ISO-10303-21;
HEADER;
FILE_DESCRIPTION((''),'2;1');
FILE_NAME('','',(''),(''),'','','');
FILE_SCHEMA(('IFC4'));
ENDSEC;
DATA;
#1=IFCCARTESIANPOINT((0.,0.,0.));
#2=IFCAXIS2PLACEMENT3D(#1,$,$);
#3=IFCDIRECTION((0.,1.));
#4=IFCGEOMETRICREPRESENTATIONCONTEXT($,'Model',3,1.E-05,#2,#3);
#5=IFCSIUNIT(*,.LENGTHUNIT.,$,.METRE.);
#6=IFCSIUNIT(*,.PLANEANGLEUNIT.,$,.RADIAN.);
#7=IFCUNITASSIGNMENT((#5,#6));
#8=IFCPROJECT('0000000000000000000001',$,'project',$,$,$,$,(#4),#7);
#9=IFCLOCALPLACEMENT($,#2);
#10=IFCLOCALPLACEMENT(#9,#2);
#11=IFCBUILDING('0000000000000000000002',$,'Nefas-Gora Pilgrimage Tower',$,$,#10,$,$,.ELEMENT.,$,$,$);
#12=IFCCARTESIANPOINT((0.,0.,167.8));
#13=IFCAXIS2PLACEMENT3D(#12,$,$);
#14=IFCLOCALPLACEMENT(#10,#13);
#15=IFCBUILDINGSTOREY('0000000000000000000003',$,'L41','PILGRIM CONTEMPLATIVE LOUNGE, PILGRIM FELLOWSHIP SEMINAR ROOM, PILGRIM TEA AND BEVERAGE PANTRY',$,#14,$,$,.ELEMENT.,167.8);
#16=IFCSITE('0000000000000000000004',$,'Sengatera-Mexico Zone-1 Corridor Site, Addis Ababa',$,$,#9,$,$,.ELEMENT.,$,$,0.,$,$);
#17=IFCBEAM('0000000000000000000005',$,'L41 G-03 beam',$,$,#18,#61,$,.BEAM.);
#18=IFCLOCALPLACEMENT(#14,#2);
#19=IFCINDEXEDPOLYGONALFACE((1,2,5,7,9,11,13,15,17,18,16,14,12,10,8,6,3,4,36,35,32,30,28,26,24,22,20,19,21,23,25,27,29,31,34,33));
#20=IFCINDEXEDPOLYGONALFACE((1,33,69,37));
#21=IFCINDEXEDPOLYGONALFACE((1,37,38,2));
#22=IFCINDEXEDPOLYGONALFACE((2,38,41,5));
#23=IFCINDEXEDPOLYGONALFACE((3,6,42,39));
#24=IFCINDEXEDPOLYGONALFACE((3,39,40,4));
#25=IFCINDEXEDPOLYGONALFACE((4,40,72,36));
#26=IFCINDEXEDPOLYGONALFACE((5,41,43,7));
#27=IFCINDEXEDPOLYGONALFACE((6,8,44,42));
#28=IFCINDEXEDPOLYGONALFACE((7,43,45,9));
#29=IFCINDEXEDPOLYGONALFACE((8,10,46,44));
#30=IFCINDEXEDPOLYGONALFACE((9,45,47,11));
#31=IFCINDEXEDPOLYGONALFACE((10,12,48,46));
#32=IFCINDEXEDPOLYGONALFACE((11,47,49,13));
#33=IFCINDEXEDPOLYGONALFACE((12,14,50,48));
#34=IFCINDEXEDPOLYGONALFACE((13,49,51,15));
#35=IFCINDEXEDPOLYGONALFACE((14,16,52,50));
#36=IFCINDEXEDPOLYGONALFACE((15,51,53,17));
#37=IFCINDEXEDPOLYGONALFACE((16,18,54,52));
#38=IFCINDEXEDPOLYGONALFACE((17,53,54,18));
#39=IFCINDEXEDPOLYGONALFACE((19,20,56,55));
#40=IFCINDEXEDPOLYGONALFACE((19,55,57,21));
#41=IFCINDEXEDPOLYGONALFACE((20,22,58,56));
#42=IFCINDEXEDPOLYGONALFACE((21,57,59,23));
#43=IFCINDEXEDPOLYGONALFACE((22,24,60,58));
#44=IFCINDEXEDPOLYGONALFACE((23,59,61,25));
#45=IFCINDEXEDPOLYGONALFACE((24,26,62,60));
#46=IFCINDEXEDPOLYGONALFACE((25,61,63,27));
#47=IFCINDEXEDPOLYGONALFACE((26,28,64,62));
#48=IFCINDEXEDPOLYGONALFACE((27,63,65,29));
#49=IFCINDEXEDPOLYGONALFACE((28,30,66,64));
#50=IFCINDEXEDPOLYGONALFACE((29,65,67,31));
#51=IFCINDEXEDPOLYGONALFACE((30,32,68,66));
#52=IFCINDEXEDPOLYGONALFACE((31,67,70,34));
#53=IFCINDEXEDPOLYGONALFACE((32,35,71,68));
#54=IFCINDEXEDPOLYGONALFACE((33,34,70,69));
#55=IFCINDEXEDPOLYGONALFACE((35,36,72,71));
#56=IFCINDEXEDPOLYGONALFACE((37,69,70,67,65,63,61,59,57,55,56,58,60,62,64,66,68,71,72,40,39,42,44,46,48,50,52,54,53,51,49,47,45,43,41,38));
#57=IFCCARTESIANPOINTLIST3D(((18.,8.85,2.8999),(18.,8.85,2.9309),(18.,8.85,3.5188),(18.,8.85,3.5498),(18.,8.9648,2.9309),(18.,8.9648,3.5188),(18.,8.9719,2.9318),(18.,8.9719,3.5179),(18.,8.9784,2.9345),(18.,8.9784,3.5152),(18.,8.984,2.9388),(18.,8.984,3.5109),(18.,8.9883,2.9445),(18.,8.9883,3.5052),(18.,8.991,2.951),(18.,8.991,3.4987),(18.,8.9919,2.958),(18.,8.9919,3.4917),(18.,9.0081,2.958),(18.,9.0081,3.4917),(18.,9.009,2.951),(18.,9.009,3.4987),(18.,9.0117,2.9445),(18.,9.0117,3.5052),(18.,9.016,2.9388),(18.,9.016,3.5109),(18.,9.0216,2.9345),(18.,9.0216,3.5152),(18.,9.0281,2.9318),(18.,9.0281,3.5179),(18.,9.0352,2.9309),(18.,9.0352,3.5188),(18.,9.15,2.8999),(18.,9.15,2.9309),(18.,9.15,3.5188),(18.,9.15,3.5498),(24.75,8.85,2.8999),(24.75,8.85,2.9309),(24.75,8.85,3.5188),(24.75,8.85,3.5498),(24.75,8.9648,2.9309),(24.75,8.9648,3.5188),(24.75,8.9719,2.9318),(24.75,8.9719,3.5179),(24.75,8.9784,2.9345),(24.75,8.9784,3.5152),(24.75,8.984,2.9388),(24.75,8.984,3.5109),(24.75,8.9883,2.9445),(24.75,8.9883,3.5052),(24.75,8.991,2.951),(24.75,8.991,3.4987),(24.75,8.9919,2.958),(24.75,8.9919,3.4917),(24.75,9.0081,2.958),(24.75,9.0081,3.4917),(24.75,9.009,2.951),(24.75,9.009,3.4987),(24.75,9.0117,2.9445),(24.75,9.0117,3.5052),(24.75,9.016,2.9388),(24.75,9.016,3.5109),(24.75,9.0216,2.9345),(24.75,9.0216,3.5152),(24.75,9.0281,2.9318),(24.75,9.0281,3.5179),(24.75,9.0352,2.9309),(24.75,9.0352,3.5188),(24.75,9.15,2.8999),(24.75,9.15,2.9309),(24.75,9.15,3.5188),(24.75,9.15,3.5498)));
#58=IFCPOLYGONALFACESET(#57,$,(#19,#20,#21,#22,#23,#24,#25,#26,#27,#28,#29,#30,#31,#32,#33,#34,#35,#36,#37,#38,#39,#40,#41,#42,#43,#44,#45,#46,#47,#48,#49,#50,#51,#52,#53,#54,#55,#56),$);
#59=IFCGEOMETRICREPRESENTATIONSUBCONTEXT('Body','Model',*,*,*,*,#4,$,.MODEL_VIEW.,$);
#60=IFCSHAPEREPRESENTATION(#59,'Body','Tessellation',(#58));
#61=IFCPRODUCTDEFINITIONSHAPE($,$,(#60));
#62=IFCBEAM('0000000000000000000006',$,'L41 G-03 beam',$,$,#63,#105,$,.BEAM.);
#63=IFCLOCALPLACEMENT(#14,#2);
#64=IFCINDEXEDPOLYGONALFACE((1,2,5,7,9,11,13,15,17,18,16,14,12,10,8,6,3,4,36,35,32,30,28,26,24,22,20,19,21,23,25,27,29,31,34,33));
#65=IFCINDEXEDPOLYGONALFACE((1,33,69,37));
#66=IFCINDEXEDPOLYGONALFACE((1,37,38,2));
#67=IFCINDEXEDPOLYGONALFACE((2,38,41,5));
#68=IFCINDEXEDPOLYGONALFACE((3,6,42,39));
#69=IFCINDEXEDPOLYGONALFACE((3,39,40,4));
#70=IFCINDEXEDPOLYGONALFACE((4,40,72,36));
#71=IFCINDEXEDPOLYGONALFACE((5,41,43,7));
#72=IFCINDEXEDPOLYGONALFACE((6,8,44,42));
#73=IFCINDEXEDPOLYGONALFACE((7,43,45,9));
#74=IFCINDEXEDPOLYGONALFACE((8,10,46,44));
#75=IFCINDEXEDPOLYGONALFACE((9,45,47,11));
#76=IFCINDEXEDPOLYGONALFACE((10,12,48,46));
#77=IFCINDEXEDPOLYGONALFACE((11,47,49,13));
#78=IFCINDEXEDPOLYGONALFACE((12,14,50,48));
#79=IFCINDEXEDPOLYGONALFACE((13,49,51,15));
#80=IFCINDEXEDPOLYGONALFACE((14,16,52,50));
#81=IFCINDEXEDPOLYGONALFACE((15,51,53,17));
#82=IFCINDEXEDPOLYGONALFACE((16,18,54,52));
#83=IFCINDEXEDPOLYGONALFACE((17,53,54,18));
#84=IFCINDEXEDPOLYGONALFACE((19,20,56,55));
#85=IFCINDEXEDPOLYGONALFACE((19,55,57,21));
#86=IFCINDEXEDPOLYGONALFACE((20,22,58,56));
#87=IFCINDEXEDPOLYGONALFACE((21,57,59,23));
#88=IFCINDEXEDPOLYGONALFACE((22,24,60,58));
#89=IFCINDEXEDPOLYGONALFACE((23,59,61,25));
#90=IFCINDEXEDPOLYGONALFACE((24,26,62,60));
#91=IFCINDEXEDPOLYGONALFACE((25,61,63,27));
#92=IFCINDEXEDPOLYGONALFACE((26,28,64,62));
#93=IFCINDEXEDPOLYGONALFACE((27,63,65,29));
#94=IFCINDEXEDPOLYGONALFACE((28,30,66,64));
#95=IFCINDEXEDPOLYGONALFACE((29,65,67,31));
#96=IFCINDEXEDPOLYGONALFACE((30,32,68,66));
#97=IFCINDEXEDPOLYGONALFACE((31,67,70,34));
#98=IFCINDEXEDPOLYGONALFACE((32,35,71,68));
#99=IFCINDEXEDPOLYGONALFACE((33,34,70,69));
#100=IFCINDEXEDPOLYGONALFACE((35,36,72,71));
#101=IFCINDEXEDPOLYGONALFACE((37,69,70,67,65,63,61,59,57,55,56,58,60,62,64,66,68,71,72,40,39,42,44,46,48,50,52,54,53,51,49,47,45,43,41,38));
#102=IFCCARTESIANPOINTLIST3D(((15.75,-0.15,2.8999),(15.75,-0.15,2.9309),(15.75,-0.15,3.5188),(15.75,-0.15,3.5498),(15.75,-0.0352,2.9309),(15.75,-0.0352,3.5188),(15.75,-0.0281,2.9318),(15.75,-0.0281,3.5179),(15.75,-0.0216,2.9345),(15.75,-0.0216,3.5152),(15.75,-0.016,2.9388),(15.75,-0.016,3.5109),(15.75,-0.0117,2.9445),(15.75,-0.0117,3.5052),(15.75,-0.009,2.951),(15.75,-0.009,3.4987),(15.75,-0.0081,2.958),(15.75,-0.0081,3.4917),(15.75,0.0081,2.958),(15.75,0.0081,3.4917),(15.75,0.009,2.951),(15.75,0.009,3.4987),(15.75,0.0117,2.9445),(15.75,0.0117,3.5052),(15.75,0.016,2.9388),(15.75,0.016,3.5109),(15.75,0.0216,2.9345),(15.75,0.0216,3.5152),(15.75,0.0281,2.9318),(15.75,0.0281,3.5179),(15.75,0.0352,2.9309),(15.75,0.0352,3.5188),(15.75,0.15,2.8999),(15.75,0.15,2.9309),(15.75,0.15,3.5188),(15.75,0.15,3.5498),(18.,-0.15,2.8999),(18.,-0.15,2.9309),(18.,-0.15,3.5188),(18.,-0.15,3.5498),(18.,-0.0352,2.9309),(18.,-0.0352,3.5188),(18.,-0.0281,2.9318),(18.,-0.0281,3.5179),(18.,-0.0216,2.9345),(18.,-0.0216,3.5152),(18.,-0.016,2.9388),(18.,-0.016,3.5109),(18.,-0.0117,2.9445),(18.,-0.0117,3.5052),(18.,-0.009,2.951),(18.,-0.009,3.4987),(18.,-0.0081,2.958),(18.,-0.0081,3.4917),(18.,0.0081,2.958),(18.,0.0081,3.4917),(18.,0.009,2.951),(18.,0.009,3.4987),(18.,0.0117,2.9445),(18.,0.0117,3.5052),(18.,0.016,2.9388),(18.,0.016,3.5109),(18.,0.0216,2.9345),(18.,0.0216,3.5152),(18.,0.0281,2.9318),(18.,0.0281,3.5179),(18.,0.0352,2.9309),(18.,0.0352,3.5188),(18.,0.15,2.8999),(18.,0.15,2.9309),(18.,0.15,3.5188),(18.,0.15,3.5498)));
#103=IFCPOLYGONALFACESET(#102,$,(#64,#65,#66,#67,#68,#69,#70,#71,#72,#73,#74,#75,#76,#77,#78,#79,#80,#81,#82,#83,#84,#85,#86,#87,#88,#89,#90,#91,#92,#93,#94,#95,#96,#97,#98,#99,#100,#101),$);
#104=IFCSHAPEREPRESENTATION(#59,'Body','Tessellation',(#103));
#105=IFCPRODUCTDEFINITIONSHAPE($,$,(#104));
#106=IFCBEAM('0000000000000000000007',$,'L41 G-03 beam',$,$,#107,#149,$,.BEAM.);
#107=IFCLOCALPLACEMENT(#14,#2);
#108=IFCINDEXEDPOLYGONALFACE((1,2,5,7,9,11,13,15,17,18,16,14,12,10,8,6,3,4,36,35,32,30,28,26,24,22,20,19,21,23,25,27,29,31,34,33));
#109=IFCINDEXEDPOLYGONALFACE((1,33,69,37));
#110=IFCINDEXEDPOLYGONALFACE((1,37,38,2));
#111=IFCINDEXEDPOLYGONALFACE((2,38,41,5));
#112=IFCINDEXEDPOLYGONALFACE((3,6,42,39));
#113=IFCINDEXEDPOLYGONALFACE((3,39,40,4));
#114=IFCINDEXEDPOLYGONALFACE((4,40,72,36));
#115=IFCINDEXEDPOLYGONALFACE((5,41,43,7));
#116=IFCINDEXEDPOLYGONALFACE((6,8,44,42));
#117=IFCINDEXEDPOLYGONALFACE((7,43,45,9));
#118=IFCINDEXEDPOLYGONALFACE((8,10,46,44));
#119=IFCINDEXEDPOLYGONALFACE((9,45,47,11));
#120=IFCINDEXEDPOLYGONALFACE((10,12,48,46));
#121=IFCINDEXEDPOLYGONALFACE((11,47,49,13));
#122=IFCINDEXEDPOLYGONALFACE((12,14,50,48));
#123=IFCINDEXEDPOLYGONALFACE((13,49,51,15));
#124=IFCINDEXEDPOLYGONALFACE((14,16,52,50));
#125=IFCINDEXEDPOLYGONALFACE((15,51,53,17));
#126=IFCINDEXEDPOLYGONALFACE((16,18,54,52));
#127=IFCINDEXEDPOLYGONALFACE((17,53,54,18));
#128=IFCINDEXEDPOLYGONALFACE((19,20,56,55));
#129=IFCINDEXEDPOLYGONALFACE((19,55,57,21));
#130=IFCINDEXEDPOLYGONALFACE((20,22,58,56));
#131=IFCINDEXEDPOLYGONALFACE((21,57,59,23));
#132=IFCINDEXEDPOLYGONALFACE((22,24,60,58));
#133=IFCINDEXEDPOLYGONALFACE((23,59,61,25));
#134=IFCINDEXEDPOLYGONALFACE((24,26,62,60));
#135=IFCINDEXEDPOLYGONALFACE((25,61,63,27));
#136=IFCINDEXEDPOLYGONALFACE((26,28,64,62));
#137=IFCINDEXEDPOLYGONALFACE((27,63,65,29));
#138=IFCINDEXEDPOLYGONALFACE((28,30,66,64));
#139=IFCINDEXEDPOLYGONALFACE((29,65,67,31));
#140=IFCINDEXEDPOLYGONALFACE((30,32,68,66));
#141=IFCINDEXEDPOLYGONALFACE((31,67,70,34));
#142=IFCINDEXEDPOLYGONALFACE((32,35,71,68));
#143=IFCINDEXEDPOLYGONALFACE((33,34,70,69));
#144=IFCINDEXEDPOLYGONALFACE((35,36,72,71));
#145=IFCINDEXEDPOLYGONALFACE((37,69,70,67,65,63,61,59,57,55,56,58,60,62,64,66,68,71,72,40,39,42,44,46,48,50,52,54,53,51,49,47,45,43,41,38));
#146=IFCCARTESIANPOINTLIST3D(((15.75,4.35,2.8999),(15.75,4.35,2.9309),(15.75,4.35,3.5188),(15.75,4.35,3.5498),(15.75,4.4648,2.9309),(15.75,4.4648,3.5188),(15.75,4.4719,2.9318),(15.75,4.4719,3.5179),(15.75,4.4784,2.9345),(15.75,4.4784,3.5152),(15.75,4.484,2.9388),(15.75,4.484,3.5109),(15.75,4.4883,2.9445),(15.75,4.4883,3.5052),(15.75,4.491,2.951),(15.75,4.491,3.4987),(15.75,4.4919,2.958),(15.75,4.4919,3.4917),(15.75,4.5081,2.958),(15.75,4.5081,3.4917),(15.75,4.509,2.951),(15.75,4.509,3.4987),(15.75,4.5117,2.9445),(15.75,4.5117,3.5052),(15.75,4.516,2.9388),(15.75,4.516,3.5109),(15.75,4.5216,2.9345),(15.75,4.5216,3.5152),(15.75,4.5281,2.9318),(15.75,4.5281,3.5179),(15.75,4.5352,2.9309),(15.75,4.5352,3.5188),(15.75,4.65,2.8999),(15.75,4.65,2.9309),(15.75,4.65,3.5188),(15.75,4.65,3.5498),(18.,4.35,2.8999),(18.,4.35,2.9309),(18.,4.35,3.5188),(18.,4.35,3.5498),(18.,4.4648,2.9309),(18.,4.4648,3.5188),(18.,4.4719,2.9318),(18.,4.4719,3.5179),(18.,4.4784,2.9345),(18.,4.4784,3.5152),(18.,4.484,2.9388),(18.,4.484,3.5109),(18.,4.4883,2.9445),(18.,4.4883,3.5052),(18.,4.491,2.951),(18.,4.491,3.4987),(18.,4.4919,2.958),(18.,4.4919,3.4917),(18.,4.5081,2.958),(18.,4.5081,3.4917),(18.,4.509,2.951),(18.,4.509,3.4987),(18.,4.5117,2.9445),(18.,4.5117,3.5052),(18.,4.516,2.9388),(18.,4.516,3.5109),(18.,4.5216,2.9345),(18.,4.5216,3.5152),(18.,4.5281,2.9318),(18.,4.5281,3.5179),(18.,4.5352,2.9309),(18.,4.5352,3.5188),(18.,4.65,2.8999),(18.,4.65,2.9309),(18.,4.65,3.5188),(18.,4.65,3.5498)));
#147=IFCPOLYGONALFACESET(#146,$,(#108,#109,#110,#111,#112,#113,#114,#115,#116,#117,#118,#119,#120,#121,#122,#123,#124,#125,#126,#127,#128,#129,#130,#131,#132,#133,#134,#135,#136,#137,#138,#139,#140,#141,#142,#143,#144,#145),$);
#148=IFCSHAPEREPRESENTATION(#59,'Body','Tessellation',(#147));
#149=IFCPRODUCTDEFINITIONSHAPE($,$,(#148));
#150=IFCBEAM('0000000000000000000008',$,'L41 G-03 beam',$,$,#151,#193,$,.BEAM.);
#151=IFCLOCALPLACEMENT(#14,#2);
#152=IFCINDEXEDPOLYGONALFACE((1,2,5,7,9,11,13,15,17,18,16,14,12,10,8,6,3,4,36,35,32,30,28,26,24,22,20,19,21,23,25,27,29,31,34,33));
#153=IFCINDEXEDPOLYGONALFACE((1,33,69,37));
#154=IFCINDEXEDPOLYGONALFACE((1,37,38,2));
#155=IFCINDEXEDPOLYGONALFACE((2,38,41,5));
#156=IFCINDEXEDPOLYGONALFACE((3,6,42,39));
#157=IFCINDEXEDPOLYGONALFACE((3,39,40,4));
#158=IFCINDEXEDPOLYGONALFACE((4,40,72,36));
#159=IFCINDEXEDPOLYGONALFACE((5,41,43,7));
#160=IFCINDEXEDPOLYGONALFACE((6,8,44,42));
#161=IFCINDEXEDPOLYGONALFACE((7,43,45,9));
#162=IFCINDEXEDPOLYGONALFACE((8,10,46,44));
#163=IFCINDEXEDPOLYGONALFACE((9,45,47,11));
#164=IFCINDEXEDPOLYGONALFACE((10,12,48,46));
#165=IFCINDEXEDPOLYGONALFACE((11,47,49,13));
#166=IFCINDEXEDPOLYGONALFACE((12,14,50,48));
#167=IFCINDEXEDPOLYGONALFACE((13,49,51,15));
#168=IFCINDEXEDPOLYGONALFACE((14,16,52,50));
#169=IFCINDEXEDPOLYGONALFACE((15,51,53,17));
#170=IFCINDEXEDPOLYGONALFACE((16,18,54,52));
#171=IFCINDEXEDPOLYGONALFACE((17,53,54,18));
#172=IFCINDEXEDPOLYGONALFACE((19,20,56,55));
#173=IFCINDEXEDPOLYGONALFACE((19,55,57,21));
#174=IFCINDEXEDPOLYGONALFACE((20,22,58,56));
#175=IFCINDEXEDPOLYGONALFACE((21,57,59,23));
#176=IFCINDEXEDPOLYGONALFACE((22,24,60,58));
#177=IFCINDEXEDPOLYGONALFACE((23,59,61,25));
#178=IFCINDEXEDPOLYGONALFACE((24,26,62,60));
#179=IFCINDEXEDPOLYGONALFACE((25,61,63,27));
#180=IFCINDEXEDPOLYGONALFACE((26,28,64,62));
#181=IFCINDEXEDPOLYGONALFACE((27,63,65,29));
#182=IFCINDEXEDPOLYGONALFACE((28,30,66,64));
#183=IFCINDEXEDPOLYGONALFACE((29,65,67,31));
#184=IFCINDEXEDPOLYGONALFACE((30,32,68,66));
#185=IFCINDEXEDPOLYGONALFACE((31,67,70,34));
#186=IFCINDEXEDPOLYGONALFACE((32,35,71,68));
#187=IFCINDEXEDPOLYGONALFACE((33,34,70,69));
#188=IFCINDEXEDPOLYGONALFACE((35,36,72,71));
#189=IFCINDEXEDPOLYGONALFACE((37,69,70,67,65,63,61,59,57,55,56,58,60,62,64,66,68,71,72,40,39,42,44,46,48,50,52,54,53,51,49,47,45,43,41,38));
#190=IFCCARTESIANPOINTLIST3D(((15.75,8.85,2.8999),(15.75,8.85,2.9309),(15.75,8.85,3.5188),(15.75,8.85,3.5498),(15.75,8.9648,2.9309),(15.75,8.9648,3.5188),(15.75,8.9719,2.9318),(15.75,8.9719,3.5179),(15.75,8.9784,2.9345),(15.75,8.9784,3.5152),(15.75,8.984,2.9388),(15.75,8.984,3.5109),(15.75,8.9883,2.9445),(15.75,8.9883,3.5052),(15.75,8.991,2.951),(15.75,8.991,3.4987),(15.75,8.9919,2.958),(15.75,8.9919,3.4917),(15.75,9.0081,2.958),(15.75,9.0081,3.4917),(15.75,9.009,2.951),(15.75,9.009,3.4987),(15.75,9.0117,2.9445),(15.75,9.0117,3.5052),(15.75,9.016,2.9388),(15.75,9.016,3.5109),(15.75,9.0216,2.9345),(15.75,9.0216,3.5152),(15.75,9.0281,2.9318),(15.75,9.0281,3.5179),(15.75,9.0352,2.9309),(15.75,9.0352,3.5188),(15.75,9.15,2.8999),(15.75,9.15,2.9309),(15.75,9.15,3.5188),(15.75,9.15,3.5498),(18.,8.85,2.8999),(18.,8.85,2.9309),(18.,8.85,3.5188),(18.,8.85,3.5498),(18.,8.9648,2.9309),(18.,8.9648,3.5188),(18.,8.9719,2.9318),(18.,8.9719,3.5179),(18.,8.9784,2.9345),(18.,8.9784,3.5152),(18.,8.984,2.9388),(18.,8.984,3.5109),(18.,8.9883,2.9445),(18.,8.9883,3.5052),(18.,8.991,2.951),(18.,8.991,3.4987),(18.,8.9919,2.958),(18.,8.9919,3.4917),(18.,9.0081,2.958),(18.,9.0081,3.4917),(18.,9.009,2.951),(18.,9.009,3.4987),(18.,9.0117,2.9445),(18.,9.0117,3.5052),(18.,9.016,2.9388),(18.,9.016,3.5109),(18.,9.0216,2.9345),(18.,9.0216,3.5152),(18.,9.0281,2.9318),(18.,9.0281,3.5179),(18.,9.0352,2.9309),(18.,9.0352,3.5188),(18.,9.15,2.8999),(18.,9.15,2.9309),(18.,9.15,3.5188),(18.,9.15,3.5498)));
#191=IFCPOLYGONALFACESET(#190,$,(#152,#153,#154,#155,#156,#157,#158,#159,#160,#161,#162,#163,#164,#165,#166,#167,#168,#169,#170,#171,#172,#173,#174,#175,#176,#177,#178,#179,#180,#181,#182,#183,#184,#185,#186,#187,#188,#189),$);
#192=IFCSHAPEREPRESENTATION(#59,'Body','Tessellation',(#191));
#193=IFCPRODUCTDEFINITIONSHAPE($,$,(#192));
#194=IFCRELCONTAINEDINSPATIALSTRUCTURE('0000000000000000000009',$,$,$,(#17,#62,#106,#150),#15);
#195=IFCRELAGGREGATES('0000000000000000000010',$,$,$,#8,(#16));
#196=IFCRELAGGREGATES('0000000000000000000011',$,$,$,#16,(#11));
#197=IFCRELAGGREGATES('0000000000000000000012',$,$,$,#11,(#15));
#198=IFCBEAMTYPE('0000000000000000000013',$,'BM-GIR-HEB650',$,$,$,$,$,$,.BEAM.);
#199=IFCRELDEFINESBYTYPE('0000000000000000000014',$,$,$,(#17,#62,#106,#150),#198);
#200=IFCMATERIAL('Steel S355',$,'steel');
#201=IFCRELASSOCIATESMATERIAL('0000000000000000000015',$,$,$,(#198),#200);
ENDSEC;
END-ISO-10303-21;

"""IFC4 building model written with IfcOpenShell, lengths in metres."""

from ifc_helpers import new_model, si_unit, direction, frame, origin, origin_2d, place, context, subcontext, project, spatial, i_section, extrude, source, transform, mapped, material, material_profile, profile_set, type_object, element, save


model = new_model("IFC4")

# Units and contexts
model_context = context("Model", 3, precision=1e-05, world=origin(), true_north=direction((0.0, 1.0)))
body_context = subcontext(model_context, "Body", "Model", "MODEL_VIEW")
ifc_project = project(units=[si_unit("LENGTHUNIT", "METRE"), si_unit("PLANEANGLEUNIT", "RADIAN")], contexts=[model_context])

# Site, building, storey
site_placement = place(None, origin())
site = spatial("IfcSite", under=ifc_project, at=site_placement, Name="Sengatera-Mexico Zone-1 Corridor Site, Addis Ababa", CompositionType="ELEMENT", RefElevation=0.0)
building_placement = place(site_placement, origin())
building = spatial("IfcBuilding", under=site, at=building_placement, Name="Nefas-Gora Pilgrimage Tower", CompositionType="ELEMENT")
storey_placement = place(building_placement, frame((0.0, 0.0, 167.8)))
storey = spatial("IfcBuildingStorey", under=building, at=storey_placement, Name="L41", Description="PILGRIM CONTEMPLATIVE LOUNGE, PILGRIM FELLOWSHIP SEMINAR ROOM, PILGRIM TEA AND BEVERAGE PANTRY", CompositionType="ELEMENT", Elevation=167.8)

# Beams
ifc_material_1 = material(Name="Steel S355", Category="steel")
ifc_material_profile_1 = material_profile(ifc_material_1, i_section(OverallWidth=0.3, OverallDepth=0.6499, WebThickness=0.0161, FlangeThickness=0.031, FilletRadius=0.0271, at=origin_2d()), Name="HEB 650")
ifc_profile_set_1 = profile_set([ifc_material_profile_1], Name="Steel S355")
beam_type_1 = type_object("IfcBeamType", Name="BM-GIR-HEB650", PredefinedType="BEAM", material=ifc_profile_set_1)
shared_shape_1 = source(origin(), body_context, "Body", "SweptSolid", [
    extrude(i_section(OverallWidth=0.3, OverallDepth=0.6499, WebThickness=0.0161, FlangeThickness=0.031, FilletRadius=0.0271, at=origin_2d()), origin(), (0.0, 0.0, 1.0), 6.75),
])
for number, where, z_axis, x_axis, name in (
    (1, (18.0, 9.0, 3.2249), (1.0, 0.0, 0.0), (0.0, 1.0, 0.0), "L41 G-03 beam"),
):
    element("IfcBeam", number, at=place(storey_placement, frame(where, z_axis=z_axis, x_axis=x_axis)), inside=storey, type_object=beam_type_1, Name=name, PredefinedType="BEAM", context=body_context, shape_type="MappedRepresentation", body=[
        mapped(shared_shape_1, transform((0.0, 0.0, 0.0), x_axis=(1.0, 0.0, 0.0), y_axis=(0.0, 1.0, 0.0), z_axis=(0.0, 0.0, 1.0), scale=1.0)),
    ])
shared_shape_2 = source(origin(), body_context, "Body", "SweptSolid", [
    extrude(i_section(OverallWidth=0.3, OverallDepth=0.6499, WebThickness=0.0161, FlangeThickness=0.031, FilletRadius=0.0271, at=origin_2d()), origin(), (0.0, 0.0, 1.0), 2.25),
])
for number, where, z_axis, x_axis, name in (
    (2, (15.75, 0.0, 3.2249), (1.0, 0.0, 0.0), (0.0, 1.0, 0.0), "L41 G-03 beam"),
    (3, (15.75, 4.5, 3.2249), (1.0, 0.0, 0.0), (0.0, 1.0, 0.0), "L41 G-03 beam"),
    (4, (15.75, 9.0, 3.2249), (1.0, 0.0, 0.0), (0.0, 1.0, 0.0), "L41 G-03 beam"),
):
    element("IfcBeam", number, at=place(storey_placement, frame(where, z_axis=z_axis, x_axis=x_axis)), inside=storey, type_object=beam_type_1, Name=name, PredefinedType="BEAM", context=body_context, shape_type="MappedRepresentation", body=[
        mapped(shared_shape_2, transform((0.0, 0.0, 0.0), x_axis=(1.0, 0.0, 0.0), y_axis=(0.0, 1.0, 0.0), z_axis=(0.0, 0.0, 1.0), scale=1.0)),
    ])

save(model, "model.ifc")
